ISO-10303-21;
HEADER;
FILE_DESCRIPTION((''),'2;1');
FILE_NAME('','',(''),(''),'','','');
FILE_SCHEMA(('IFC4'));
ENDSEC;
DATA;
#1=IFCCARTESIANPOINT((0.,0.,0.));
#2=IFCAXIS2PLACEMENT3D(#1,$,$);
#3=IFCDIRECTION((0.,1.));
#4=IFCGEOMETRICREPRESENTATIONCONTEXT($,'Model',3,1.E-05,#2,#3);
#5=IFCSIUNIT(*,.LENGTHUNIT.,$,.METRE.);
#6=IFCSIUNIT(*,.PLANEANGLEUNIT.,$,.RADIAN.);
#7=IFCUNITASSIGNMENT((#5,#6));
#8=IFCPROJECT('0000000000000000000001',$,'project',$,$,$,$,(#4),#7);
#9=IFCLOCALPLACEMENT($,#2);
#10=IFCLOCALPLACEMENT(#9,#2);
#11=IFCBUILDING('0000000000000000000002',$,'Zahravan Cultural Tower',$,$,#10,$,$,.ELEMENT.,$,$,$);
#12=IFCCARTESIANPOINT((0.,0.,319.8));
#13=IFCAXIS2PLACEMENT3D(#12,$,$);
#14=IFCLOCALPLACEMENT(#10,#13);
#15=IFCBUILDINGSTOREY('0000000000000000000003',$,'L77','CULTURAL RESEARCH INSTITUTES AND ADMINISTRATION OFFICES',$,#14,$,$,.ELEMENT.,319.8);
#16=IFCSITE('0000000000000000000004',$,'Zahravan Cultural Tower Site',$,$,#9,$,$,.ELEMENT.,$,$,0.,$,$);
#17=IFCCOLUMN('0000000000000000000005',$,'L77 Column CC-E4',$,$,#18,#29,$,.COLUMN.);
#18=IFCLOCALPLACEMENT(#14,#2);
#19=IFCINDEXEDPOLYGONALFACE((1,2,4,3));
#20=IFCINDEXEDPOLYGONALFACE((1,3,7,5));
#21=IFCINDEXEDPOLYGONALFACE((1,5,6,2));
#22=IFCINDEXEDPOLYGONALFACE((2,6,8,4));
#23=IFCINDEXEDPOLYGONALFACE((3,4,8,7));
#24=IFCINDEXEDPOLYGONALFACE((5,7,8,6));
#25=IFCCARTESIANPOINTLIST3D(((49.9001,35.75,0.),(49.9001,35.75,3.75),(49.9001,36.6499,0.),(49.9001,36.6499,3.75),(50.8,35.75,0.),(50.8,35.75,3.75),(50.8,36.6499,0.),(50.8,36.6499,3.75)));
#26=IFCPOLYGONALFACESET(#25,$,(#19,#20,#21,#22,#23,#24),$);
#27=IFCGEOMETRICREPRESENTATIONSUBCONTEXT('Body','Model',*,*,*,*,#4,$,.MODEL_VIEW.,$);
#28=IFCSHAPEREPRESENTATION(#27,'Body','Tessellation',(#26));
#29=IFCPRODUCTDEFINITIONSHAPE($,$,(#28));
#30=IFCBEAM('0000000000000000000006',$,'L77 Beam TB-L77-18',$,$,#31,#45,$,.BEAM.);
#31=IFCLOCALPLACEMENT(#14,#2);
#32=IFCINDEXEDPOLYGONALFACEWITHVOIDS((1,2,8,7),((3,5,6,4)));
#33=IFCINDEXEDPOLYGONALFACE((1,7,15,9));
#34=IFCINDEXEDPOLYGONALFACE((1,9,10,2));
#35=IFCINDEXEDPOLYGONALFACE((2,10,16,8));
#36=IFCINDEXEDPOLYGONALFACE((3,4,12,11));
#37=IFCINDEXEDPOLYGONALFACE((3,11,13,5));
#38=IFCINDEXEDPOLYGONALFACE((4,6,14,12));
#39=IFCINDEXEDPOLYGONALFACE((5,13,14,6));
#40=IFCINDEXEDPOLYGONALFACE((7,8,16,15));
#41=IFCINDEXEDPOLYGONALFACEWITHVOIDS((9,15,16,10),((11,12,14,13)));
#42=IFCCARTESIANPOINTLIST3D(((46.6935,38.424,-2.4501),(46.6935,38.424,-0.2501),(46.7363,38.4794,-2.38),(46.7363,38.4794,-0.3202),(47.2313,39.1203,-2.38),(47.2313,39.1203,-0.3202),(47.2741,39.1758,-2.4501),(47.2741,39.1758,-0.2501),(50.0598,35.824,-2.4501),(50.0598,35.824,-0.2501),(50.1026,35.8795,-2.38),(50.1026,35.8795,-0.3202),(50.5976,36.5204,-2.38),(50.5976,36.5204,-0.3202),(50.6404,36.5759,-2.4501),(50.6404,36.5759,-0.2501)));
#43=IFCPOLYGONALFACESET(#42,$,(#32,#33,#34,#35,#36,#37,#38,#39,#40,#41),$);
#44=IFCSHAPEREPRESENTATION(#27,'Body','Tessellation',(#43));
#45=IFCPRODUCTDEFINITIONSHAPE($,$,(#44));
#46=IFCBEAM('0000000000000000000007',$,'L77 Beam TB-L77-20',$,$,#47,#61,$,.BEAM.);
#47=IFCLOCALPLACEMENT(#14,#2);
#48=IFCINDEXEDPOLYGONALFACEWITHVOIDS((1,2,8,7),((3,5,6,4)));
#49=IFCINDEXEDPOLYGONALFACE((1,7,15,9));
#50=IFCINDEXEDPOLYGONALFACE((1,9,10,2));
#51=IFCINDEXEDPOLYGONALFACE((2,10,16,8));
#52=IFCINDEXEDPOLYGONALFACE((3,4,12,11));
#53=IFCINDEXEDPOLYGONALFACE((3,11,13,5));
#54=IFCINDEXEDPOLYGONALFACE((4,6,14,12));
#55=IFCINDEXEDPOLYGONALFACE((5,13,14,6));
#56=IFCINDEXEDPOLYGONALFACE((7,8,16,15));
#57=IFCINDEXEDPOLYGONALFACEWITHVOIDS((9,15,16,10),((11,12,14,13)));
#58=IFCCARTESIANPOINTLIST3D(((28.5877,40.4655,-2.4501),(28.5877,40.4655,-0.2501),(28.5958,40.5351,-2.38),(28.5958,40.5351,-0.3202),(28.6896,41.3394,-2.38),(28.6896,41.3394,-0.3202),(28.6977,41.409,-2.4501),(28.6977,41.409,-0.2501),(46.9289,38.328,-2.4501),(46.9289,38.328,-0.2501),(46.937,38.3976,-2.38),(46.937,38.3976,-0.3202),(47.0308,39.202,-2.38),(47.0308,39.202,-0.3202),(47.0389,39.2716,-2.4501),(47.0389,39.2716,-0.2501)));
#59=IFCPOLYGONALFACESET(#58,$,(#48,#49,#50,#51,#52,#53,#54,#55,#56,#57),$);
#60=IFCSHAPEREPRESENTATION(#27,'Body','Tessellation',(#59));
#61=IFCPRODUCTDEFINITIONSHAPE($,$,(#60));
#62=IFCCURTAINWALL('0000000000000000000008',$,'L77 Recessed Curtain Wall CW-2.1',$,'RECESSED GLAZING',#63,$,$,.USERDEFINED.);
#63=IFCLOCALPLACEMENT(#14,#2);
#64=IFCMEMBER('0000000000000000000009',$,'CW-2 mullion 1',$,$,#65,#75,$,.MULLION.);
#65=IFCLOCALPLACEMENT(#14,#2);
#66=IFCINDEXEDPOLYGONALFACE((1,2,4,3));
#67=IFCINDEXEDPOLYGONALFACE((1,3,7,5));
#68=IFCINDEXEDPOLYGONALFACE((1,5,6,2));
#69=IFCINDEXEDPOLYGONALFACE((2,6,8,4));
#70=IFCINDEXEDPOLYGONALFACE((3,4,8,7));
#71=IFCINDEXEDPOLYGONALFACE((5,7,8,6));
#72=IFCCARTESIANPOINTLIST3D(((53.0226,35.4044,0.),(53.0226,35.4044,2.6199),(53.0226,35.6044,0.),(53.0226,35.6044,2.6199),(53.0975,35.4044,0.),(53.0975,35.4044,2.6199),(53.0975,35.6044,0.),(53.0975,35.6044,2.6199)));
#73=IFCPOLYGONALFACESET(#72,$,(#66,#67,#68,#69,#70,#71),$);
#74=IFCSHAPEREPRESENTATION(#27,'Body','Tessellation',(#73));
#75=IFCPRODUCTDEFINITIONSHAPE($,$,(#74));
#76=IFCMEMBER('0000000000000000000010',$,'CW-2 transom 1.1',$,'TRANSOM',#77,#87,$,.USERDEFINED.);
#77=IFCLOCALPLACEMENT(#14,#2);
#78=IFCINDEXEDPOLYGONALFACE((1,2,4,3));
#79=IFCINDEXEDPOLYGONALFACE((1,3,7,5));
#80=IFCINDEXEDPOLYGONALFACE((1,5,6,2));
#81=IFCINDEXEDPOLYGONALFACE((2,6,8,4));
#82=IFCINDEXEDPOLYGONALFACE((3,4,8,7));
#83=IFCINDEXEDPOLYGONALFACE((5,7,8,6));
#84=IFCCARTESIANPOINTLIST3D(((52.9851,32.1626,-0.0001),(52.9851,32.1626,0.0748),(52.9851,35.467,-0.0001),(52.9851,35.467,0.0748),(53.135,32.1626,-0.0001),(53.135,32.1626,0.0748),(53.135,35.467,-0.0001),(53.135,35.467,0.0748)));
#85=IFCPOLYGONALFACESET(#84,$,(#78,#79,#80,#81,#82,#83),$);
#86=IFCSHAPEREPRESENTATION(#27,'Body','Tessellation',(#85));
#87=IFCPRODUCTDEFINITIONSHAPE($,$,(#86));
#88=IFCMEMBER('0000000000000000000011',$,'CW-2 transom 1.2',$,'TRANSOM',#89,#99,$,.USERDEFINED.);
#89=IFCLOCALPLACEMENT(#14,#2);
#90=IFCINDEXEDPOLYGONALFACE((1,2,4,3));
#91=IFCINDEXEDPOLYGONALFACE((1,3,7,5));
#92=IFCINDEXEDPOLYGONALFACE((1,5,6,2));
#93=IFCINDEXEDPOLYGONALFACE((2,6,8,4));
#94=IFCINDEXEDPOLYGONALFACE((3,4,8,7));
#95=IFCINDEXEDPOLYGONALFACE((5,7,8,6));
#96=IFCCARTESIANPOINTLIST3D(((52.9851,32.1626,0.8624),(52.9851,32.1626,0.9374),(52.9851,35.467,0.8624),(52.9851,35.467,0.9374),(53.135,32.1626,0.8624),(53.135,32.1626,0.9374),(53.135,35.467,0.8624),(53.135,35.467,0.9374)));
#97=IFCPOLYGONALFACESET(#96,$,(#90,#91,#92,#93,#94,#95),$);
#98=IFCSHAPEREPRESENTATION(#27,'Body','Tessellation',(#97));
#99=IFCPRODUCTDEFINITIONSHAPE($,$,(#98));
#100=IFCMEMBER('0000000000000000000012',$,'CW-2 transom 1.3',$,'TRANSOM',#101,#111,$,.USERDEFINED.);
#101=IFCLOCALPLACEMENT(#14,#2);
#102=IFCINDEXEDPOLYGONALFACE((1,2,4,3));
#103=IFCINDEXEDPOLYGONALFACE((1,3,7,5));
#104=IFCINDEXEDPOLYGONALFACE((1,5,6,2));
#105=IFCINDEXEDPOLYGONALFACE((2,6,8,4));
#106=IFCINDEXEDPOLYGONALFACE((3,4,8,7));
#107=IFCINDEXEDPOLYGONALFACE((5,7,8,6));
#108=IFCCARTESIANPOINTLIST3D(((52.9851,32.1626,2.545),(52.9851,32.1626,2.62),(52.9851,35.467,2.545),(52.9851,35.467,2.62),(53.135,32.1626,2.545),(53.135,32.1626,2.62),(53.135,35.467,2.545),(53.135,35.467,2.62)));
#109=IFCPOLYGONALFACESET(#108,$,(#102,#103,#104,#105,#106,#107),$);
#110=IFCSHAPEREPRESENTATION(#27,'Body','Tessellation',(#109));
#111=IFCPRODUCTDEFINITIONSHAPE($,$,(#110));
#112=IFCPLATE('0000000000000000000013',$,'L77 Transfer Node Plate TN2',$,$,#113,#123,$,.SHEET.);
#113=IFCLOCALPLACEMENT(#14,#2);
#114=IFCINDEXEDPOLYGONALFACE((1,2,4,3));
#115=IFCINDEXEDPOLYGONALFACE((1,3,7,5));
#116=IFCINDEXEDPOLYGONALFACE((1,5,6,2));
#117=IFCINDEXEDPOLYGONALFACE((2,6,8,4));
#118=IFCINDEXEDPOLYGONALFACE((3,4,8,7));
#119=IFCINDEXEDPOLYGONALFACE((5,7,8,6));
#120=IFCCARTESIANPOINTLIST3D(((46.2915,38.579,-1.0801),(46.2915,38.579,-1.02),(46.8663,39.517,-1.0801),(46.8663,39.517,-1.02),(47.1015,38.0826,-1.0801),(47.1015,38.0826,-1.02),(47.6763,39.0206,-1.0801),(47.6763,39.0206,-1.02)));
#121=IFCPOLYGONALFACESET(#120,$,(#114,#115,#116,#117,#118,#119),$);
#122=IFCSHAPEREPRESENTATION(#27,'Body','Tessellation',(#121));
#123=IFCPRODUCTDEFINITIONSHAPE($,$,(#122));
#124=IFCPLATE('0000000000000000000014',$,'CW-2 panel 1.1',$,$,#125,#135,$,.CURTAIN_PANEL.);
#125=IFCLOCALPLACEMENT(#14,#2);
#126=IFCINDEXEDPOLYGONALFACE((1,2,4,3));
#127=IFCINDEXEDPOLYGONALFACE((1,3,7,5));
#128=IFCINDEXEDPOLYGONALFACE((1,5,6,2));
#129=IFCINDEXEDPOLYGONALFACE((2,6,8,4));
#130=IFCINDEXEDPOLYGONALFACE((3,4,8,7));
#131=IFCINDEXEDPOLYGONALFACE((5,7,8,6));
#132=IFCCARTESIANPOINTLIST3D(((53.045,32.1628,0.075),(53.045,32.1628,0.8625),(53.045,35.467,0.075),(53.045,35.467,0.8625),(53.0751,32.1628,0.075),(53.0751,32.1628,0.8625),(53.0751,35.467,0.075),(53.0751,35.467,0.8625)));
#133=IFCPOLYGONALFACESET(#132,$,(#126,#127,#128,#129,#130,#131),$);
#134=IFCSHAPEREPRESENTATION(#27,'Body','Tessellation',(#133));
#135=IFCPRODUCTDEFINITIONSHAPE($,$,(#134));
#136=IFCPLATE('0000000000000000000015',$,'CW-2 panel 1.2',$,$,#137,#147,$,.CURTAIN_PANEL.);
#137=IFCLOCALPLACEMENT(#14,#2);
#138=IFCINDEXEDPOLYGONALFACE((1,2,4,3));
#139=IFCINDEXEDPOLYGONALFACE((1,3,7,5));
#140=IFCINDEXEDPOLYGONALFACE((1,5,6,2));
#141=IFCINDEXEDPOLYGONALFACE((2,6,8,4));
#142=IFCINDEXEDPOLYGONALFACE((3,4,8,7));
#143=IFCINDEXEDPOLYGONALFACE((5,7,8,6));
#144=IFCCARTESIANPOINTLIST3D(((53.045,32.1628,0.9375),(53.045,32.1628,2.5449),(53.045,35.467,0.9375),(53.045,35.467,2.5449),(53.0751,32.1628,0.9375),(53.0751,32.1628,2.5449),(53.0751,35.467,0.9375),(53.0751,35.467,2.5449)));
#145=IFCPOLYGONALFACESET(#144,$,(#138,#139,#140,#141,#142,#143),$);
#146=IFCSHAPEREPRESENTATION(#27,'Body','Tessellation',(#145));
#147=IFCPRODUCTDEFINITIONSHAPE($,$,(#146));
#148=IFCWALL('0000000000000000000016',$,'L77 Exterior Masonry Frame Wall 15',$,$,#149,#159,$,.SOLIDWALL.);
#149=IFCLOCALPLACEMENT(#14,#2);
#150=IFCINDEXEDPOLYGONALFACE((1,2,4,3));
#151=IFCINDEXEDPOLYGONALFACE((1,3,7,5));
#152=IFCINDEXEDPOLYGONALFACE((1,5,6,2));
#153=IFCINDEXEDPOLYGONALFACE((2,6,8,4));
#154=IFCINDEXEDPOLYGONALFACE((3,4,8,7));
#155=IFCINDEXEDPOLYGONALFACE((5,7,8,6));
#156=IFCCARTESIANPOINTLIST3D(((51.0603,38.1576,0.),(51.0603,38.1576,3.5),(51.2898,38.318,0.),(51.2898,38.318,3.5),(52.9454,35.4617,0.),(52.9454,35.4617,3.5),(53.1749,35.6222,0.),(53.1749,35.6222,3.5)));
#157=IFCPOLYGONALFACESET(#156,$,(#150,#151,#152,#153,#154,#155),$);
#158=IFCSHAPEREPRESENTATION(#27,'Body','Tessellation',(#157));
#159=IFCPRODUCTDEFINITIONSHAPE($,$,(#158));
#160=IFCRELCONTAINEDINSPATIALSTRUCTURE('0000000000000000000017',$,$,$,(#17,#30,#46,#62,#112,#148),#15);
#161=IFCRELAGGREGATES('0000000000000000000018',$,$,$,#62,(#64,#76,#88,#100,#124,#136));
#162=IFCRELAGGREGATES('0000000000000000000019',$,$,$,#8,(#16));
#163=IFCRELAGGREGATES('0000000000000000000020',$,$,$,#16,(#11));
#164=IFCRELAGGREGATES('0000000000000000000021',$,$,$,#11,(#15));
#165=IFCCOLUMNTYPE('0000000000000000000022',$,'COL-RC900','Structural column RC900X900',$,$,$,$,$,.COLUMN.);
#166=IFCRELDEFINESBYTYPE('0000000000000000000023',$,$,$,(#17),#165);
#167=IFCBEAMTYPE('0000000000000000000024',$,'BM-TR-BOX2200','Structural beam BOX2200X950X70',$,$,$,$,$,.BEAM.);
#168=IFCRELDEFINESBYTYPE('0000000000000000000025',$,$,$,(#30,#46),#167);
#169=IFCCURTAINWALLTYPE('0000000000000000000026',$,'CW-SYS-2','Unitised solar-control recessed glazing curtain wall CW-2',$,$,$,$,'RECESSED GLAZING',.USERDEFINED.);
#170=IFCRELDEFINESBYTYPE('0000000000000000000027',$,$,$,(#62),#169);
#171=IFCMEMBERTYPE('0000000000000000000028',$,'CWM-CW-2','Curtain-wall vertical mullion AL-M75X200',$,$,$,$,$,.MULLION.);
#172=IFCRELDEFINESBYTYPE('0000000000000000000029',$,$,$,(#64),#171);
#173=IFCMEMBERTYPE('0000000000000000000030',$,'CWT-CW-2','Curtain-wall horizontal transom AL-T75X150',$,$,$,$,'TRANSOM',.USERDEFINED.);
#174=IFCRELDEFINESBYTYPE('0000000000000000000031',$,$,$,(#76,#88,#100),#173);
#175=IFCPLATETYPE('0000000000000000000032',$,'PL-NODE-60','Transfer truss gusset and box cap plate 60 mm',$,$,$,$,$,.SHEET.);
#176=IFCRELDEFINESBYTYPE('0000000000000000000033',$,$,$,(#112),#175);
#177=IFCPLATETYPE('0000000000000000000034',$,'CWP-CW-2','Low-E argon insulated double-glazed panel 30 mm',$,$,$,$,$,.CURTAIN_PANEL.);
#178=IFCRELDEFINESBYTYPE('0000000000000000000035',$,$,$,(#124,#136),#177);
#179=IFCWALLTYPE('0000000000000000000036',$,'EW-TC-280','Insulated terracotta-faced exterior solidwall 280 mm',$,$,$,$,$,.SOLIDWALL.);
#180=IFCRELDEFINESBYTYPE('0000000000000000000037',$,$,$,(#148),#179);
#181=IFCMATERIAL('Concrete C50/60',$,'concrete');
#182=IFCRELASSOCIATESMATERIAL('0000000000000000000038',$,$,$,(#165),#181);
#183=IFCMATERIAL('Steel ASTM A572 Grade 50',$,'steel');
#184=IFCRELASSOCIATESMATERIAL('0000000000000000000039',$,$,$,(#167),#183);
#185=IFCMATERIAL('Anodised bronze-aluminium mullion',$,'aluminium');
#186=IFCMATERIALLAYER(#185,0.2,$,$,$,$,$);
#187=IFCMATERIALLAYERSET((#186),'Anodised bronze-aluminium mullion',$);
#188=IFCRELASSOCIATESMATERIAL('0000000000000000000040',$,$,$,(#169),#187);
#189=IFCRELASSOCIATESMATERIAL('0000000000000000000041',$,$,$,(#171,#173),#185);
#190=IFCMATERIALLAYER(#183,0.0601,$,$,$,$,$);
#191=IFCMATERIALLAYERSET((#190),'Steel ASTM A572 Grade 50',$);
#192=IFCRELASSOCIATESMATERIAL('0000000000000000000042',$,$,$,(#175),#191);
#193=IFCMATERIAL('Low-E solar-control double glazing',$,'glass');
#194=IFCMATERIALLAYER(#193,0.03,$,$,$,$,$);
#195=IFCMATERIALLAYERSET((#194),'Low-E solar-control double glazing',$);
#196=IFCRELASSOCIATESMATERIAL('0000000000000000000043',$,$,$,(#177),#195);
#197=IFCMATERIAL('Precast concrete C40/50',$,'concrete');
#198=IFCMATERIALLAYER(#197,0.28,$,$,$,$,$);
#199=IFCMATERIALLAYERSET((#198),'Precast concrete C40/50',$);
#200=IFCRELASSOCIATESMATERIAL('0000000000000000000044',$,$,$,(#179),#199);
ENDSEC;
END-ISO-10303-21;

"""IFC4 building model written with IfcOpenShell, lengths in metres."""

from ifc_helpers import new_model, si_unit, direction, frame, frame_2d, origin, origin_2d, place, context, subcontext, project, spatial, rectangle, hollow_rectangle, extrude, source, transform, mapped, material, layer, layer_set, material_profile, profile_set, type_object, element, aggregate, save


model = new_model("IFC4")

# Units and contexts
model_context = context("Model", 3, precision=1e-05, world=origin(), true_north=direction((0.0, 1.0)))
body_context = subcontext(model_context, "Body", "Model", "MODEL_VIEW")
ifc_project = project(units=[si_unit("LENGTHUNIT", "METRE"), si_unit("PLANEANGLEUNIT", "RADIAN")], contexts=[model_context])

# Site, building, storey
site_placement = place(None, origin())
site = spatial("IfcSite", under=ifc_project, at=site_placement, Name="Zahravan Cultural Tower Site", CompositionType="ELEMENT", RefElevation=0.0)
building_placement = place(site_placement, origin())
building = spatial("IfcBuilding", under=site, at=building_placement, Name="Zahravan Cultural Tower", CompositionType="ELEMENT")
storey_placement = place(building_placement, frame((0.0, 0.0, 319.8)))
storey = spatial("IfcBuildingStorey", under=building, at=storey_placement, Name="L77", Description="CULTURAL RESEARCH INSTITUTES AND ADMINISTRATION OFFICES", CompositionType="ELEMENT", Elevation=319.8)

# Column
ifc_material_1 = material(Name="Concrete C50/60", Category="concrete")
ifc_material_profile_1 = material_profile(ifc_material_1, rectangle(XDim=0.8999, YDim=0.8999, at=origin_2d()), Name="RC900X900")
ifc_profile_set_1 = profile_set([ifc_material_profile_1], Name="Concrete C50/60")
column_type = type_object("IfcColumnType", Name="COL-RC900", Description="Structural column RC900X900", PredefinedType="COLUMN", material=ifc_profile_set_1)
shared_shape_1 = source(origin(), body_context, "Body", "SweptSolid", [
    extrude(rectangle(XDim=0.8999, YDim=0.8999, at=origin_2d()), origin(), (0.0, 0.0, 1.0), 3.75),
])
column_placement = place(storey_placement, frame((50.3501, 36.2, 0.0), z_axis=(0.0, 0.0, 1.0), x_axis=(1.0, 0.0, 0.0)))
element("IfcColumn", 1, at=column_placement, inside=storey, type_object=column_type, Name="L77 Column CC-E4", PredefinedType="COLUMN", context=body_context, shape_type="MappedRepresentation", body=[
    mapped(shared_shape_1, transform((0.0, 0.0, 0.0), x_axis=(1.0, 0.0, 0.0), y_axis=(0.0, 1.0, 0.0), z_axis=(0.0, 0.0, 1.0), scale=1.0)),
])

# Beams
ifc_material_2 = material(Name="Steel ASTM A572 Grade 50", Category="steel")
ifc_material_profile_2 = material_profile(ifc_material_2, hollow_rectangle(XDim=0.95, YDim=2.2, WallThickness=0.0701, at=origin_2d()), Name="BOX2200X950X70")
ifc_profile_set_2 = profile_set([ifc_material_profile_2], Name="Steel ASTM A572 Grade 50")
beam_type = type_object("IfcBeamType", Name="BM-TR-BOX2200", Description="Structural beam BOX2200X950X70", PredefinedType="BEAM", material=ifc_profile_set_2)
shared_shape_2 = source(origin(), body_context, "Body", "SweptSolid", [
    extrude(hollow_rectangle(XDim=0.95, YDim=2.2, WallThickness=0.0701, at=origin_2d()), origin(), (0.0, 0.0, 1.0), 4.2534),
])
beam_1_placement = place(storey_placement, frame((50.3501, 36.2, -1.3501), z_axis=(-0.791434, 0.611255, 0.0), x_axis=(-0.611255, -0.791434, 0.0)))
element("IfcBeam", 2, at=beam_1_placement, inside=storey, type_object=beam_type, Name="L77 Beam TB-L77-18", PredefinedType="BEAM", context=body_context, shape_type="MappedRepresentation", body=[
    mapped(shared_shape_2, transform((0.0, 0.0, 0.0), x_axis=(1.0, 0.0, 0.0), y_axis=(0.0, 1.0, 0.0), z_axis=(0.0, 0.0, 1.0), scale=1.0)),
])
shared_shape_3 = source(origin(), body_context, "Body", "SweptSolid", [
    extrude(hollow_rectangle(XDim=0.95, YDim=2.2, WallThickness=0.0701, at=origin_2d()), origin(), (0.0, 0.0, 1.0), 18.4653),
])
beam_2_placement = place(storey_placement, frame((46.9839, 38.7998, -1.3501), z_axis=(-0.993278, 0.115754, 0.0), x_axis=(-0.115754, -0.993278, 0.0)))
element("IfcBeam", 3, at=beam_2_placement, inside=storey, type_object=beam_type, Name="L77 Beam TB-L77-20", PredefinedType="BEAM", context=body_context, shape_type="MappedRepresentation", body=[
    mapped(shared_shape_3, transform((0.0, 0.0, 0.0), x_axis=(1.0, 0.0, 0.0), y_axis=(0.0, 1.0, 0.0), z_axis=(0.0, 0.0, 1.0), scale=1.0)),
])

# Curtain wall, members
ifc_material_3 = material(Name="Anodised bronze-aluminium mullion", Category="aluminium")
ifc_layer_1 = layer(ifc_material_3, 0.2)
ifc_layer_set_1 = layer_set([ifc_layer_1], Name="Anodised bronze-aluminium mullion")
curtain_wall_type = type_object("IfcCurtainWallType", Name="CW-SYS-2", Description="Unitised solar-control recessed glazing curtain wall CW-2", ElementType="RECESSED GLAZING", PredefinedType="USERDEFINED", material=ifc_layer_set_1)
curtain_wall_placement = place(storey_placement, origin())
curtain_wall = element("IfcCurtainWall", 4, at=curtain_wall_placement, inside=storey, type_object=curtain_wall_type, Name="L77 Recessed Curtain Wall CW-2.1", ObjectType="RECESSED GLAZING", PredefinedType="USERDEFINED")
ifc_material_profile_3 = material_profile(ifc_material_3, rectangle(XDim=0.075, YDim=0.2, at=origin_2d()), Name="AL-M75X200")
ifc_profile_set_3 = profile_set([ifc_material_profile_3], Name="Anodised bronze-aluminium mullion")
member_type_1 = type_object("IfcMemberType", Name="CWM-CW-2", Description="Curtain-wall vertical mullion AL-M75X200", PredefinedType="MULLION", material=ifc_profile_set_3)
shared_shape_4 = source(origin(), body_context, "Body", "SweptSolid", [
    extrude(rectangle(XDim=0.075, YDim=0.2, at=origin_2d()), origin(), (0.0, 0.0, 1.0), 2.6199),
])
member_1_placement = place(storey_placement, frame((53.0601, 35.5044, 0.0), z_axis=(0.0, 0.0, 1.0), x_axis=(1.0, 0.0, 0.0)))
member_1 = element("IfcMember", 5, at=member_1_placement, type_object=member_type_1, Name="CW-2 mullion 1", PredefinedType="MULLION", context=body_context, shape_type="MappedRepresentation", body=[
    mapped(shared_shape_4, transform((0.0, 0.0, 0.0), x_axis=(1.0, 0.0, 0.0), y_axis=(0.0, 1.0, 0.0), z_axis=(0.0, 0.0, 1.0), scale=1.0)),
])
ifc_material_profile_4 = material_profile(ifc_material_3, rectangle(XDim=0.1499, YDim=0.075, at=origin_2d()), Name="AL-T75X150")
ifc_profile_set_4 = profile_set([ifc_material_profile_4], Name="Anodised bronze-aluminium mullion")
member_type_2 = type_object("IfcMemberType", Name="CWT-CW-2", Description="Curtain-wall horizontal transom AL-T75X150", ElementType="TRANSOM", PredefinedType="USERDEFINED", material=ifc_profile_set_4)
shared_shape_5 = source(origin(), body_context, "Body", "SweptSolid", [
    extrude(rectangle(XDim=0.1499, YDim=0.075, at=origin_2d()), origin(), (0.0, 0.0, 1.0), 3.3044),
])
member_2_placement = place(storey_placement, frame((53.0601, 35.467, 0.0374), z_axis=(0.0, -1.0, 0.0), x_axis=(1.0, 0.0, 0.0)))
member_2 = element("IfcMember", 6, at=member_2_placement, type_object=member_type_2, Name="CW-2 transom 1.1", ObjectType="TRANSOM", PredefinedType="USERDEFINED", context=body_context, shape_type="MappedRepresentation", body=[
    mapped(shared_shape_5, transform((0.0, 0.0, 0.0), x_axis=(1.0, 0.0, 0.0), y_axis=(0.0, 1.0, 0.0), z_axis=(0.0, 0.0, 1.0), scale=1.0)),
])
member_3_placement = place(storey_placement, frame((53.0601, 35.467, 0.8999), z_axis=(0.0, -1.0, 0.0), x_axis=(1.0, 0.0, 0.0)))
member_3 = element("IfcMember", 7, at=member_3_placement, type_object=member_type_2, Name="CW-2 transom 1.2", ObjectType="TRANSOM", PredefinedType="USERDEFINED", context=body_context, shape_type="MappedRepresentation", body=[
    mapped(shared_shape_5, transform((0.0, 0.0, 0.0), x_axis=(1.0, 0.0, 0.0), y_axis=(0.0, 1.0, 0.0), z_axis=(0.0, 0.0, 1.0), scale=1.0)),
])
member_4_placement = place(storey_placement, frame((53.0601, 35.467, 2.5825), z_axis=(0.0, -1.0, 0.0), x_axis=(1.0, 0.0, 0.0)))
member_4 = element("IfcMember", 8, at=member_4_placement, type_object=member_type_2, Name="CW-2 transom 1.3", ObjectType="TRANSOM", PredefinedType="USERDEFINED", context=body_context, shape_type="MappedRepresentation", body=[
    mapped(shared_shape_5, transform((0.0, 0.0, 0.0), x_axis=(1.0, 0.0, 0.0), y_axis=(0.0, 1.0, 0.0), z_axis=(0.0, 0.0, 1.0), scale=1.0)),
])

# Plates
ifc_layer_2 = layer(ifc_material_2, 0.0601)
ifc_layer_set_2 = layer_set([ifc_layer_2], Name="Steel ASTM A572 Grade 50")
plate_type_1 = type_object("IfcPlateType", Name="PL-NODE-60", Description="Transfer truss gusset and box cap plate 60 mm", PredefinedType="SHEET", material=ifc_layer_set_2)
shared_shape_6 = source(origin(), body_context, "Body", "SweptSolid", [
    extrude(rectangle(XDim=1.1001, YDim=0.95, at=origin_2d()), origin(), (0.0, 0.0, 1.0), 0.0601),
])
plate_1_placement = place(storey_placement, frame((46.9839, 38.7998, -1.0801), z_axis=(0.0, 0.0, 1.0), x_axis=(0.522499, 0.85264, 0.0)))
element("IfcPlate", 9, at=plate_1_placement, inside=storey, type_object=plate_type_1, Name="L77 Transfer Node Plate TN2", PredefinedType="SHEET", context=body_context, shape_type="MappedRepresentation", body=[
    mapped(shared_shape_6, transform((0.0, 0.0, 0.0), x_axis=(1.0, 0.0, 0.0), y_axis=(0.0, 1.0, 0.0), z_axis=(0.0, 0.0, 1.0), scale=1.0)),
])
ifc_material_4 = material(Name="Low-E solar-control double glazing", Category="glass")
ifc_layer_3 = layer(ifc_material_4, 0.03)
ifc_layer_set_3 = layer_set([ifc_layer_3], Name="Low-E solar-control double glazing")
plate_type_2 = type_object("IfcPlateType", Name="CWP-CW-2", Description="Low-E argon insulated double-glazed panel 30 mm", PredefinedType="CURTAIN_PANEL", material=ifc_layer_set_3)
shared_shape_7 = source(origin(), body_context, "Body", "SweptSolid", [
    extrude(rectangle(XDim=3.3042, YDim=0.03, at=origin_2d()), origin(), (0.0, 0.0, 1.0), 0.7876),
])
plate_2_placement = place(storey_placement, frame((53.0601, 33.8149, 0.075), z_axis=(0.0, 0.0, 1.0), x_axis=(0.0, -1.0, 0.0)))
plate_2 = element("IfcPlate", 10, at=plate_2_placement, type_object=plate_type_2, Name="CW-2 panel 1.1", PredefinedType="CURTAIN_PANEL", context=body_context, shape_type="MappedRepresentation", body=[
    mapped(shared_shape_7, transform((0.0, 0.0, 0.0), x_axis=(1.0, 0.0, 0.0), y_axis=(0.0, 1.0, 0.0), z_axis=(0.0, 0.0, 1.0), scale=1.0)),
])
shared_shape_8 = source(origin(), body_context, "Body", "SweptSolid", [
    extrude(rectangle(XDim=3.3042, YDim=0.03, at=origin_2d()), origin(), (0.0, 0.0, 1.0), 1.6074),
])
plate_3_placement = place(storey_placement, frame((53.0601, 33.8149, 0.9375), z_axis=(0.0, 0.0, 1.0), x_axis=(0.0, -1.0, 0.0)))
plate_3 = element("IfcPlate", 11, at=plate_3_placement, type_object=plate_type_2, Name="CW-2 panel 1.2", PredefinedType="CURTAIN_PANEL", context=body_context, shape_type="MappedRepresentation", body=[
    mapped(shared_shape_8, transform((0.0, 0.0, 0.0), x_axis=(1.0, 0.0, 0.0), y_axis=(0.0, 1.0, 0.0), z_axis=(0.0, 0.0, 1.0), scale=1.0)),
])
aggregate(curtain_wall, [member_1, member_2, member_3, member_4, plate_2, plate_3])

# Wall
ifc_material_5 = material(Name="Precast concrete C40/50", Category="concrete")
ifc_layer_4 = layer(ifc_material_5, 0.28)
ifc_layer_set_4 = layer_set([ifc_layer_4], Name="Precast concrete C40/50")
wall_type_1 = type_object("IfcWallType", Name="EW-TC-280", Description="Insulated terracotta-faced exterior solidwall 280 mm", PredefinedType="SOLIDWALL", material=ifc_layer_set_4)
shared_shape_9 = source(origin(), body_context, "Body", "SweptSolid", [
    extrude(rectangle(XDim=3.2896, YDim=0.28, at=frame_2d((1.6448, 0.0))), origin(), (0.0, 0.0, 1.0), 3.5),
])
wall_1_placement = place(storey_placement, frame((51.175, 38.2378, 0.0), z_axis=(0.0, 0.0, 1.0), x_axis=(0.573044, -0.819525, 0.0)))
element("IfcWall", 12, at=wall_1_placement, inside=storey, type_object=wall_type_1, Name="L77 Exterior Masonry Frame Wall 15", PredefinedType="SOLIDWALL", context=body_context, shape_type="MappedRepresentation", body=[
    mapped(shared_shape_9, transform((0.0, 0.0, 0.0), x_axis=(1.0, 0.0, 0.0), y_axis=(0.0, 1.0, 0.0), z_axis=(0.0, 0.0, 1.0), scale=1.0)),
])

save(model, "model.ifc")
